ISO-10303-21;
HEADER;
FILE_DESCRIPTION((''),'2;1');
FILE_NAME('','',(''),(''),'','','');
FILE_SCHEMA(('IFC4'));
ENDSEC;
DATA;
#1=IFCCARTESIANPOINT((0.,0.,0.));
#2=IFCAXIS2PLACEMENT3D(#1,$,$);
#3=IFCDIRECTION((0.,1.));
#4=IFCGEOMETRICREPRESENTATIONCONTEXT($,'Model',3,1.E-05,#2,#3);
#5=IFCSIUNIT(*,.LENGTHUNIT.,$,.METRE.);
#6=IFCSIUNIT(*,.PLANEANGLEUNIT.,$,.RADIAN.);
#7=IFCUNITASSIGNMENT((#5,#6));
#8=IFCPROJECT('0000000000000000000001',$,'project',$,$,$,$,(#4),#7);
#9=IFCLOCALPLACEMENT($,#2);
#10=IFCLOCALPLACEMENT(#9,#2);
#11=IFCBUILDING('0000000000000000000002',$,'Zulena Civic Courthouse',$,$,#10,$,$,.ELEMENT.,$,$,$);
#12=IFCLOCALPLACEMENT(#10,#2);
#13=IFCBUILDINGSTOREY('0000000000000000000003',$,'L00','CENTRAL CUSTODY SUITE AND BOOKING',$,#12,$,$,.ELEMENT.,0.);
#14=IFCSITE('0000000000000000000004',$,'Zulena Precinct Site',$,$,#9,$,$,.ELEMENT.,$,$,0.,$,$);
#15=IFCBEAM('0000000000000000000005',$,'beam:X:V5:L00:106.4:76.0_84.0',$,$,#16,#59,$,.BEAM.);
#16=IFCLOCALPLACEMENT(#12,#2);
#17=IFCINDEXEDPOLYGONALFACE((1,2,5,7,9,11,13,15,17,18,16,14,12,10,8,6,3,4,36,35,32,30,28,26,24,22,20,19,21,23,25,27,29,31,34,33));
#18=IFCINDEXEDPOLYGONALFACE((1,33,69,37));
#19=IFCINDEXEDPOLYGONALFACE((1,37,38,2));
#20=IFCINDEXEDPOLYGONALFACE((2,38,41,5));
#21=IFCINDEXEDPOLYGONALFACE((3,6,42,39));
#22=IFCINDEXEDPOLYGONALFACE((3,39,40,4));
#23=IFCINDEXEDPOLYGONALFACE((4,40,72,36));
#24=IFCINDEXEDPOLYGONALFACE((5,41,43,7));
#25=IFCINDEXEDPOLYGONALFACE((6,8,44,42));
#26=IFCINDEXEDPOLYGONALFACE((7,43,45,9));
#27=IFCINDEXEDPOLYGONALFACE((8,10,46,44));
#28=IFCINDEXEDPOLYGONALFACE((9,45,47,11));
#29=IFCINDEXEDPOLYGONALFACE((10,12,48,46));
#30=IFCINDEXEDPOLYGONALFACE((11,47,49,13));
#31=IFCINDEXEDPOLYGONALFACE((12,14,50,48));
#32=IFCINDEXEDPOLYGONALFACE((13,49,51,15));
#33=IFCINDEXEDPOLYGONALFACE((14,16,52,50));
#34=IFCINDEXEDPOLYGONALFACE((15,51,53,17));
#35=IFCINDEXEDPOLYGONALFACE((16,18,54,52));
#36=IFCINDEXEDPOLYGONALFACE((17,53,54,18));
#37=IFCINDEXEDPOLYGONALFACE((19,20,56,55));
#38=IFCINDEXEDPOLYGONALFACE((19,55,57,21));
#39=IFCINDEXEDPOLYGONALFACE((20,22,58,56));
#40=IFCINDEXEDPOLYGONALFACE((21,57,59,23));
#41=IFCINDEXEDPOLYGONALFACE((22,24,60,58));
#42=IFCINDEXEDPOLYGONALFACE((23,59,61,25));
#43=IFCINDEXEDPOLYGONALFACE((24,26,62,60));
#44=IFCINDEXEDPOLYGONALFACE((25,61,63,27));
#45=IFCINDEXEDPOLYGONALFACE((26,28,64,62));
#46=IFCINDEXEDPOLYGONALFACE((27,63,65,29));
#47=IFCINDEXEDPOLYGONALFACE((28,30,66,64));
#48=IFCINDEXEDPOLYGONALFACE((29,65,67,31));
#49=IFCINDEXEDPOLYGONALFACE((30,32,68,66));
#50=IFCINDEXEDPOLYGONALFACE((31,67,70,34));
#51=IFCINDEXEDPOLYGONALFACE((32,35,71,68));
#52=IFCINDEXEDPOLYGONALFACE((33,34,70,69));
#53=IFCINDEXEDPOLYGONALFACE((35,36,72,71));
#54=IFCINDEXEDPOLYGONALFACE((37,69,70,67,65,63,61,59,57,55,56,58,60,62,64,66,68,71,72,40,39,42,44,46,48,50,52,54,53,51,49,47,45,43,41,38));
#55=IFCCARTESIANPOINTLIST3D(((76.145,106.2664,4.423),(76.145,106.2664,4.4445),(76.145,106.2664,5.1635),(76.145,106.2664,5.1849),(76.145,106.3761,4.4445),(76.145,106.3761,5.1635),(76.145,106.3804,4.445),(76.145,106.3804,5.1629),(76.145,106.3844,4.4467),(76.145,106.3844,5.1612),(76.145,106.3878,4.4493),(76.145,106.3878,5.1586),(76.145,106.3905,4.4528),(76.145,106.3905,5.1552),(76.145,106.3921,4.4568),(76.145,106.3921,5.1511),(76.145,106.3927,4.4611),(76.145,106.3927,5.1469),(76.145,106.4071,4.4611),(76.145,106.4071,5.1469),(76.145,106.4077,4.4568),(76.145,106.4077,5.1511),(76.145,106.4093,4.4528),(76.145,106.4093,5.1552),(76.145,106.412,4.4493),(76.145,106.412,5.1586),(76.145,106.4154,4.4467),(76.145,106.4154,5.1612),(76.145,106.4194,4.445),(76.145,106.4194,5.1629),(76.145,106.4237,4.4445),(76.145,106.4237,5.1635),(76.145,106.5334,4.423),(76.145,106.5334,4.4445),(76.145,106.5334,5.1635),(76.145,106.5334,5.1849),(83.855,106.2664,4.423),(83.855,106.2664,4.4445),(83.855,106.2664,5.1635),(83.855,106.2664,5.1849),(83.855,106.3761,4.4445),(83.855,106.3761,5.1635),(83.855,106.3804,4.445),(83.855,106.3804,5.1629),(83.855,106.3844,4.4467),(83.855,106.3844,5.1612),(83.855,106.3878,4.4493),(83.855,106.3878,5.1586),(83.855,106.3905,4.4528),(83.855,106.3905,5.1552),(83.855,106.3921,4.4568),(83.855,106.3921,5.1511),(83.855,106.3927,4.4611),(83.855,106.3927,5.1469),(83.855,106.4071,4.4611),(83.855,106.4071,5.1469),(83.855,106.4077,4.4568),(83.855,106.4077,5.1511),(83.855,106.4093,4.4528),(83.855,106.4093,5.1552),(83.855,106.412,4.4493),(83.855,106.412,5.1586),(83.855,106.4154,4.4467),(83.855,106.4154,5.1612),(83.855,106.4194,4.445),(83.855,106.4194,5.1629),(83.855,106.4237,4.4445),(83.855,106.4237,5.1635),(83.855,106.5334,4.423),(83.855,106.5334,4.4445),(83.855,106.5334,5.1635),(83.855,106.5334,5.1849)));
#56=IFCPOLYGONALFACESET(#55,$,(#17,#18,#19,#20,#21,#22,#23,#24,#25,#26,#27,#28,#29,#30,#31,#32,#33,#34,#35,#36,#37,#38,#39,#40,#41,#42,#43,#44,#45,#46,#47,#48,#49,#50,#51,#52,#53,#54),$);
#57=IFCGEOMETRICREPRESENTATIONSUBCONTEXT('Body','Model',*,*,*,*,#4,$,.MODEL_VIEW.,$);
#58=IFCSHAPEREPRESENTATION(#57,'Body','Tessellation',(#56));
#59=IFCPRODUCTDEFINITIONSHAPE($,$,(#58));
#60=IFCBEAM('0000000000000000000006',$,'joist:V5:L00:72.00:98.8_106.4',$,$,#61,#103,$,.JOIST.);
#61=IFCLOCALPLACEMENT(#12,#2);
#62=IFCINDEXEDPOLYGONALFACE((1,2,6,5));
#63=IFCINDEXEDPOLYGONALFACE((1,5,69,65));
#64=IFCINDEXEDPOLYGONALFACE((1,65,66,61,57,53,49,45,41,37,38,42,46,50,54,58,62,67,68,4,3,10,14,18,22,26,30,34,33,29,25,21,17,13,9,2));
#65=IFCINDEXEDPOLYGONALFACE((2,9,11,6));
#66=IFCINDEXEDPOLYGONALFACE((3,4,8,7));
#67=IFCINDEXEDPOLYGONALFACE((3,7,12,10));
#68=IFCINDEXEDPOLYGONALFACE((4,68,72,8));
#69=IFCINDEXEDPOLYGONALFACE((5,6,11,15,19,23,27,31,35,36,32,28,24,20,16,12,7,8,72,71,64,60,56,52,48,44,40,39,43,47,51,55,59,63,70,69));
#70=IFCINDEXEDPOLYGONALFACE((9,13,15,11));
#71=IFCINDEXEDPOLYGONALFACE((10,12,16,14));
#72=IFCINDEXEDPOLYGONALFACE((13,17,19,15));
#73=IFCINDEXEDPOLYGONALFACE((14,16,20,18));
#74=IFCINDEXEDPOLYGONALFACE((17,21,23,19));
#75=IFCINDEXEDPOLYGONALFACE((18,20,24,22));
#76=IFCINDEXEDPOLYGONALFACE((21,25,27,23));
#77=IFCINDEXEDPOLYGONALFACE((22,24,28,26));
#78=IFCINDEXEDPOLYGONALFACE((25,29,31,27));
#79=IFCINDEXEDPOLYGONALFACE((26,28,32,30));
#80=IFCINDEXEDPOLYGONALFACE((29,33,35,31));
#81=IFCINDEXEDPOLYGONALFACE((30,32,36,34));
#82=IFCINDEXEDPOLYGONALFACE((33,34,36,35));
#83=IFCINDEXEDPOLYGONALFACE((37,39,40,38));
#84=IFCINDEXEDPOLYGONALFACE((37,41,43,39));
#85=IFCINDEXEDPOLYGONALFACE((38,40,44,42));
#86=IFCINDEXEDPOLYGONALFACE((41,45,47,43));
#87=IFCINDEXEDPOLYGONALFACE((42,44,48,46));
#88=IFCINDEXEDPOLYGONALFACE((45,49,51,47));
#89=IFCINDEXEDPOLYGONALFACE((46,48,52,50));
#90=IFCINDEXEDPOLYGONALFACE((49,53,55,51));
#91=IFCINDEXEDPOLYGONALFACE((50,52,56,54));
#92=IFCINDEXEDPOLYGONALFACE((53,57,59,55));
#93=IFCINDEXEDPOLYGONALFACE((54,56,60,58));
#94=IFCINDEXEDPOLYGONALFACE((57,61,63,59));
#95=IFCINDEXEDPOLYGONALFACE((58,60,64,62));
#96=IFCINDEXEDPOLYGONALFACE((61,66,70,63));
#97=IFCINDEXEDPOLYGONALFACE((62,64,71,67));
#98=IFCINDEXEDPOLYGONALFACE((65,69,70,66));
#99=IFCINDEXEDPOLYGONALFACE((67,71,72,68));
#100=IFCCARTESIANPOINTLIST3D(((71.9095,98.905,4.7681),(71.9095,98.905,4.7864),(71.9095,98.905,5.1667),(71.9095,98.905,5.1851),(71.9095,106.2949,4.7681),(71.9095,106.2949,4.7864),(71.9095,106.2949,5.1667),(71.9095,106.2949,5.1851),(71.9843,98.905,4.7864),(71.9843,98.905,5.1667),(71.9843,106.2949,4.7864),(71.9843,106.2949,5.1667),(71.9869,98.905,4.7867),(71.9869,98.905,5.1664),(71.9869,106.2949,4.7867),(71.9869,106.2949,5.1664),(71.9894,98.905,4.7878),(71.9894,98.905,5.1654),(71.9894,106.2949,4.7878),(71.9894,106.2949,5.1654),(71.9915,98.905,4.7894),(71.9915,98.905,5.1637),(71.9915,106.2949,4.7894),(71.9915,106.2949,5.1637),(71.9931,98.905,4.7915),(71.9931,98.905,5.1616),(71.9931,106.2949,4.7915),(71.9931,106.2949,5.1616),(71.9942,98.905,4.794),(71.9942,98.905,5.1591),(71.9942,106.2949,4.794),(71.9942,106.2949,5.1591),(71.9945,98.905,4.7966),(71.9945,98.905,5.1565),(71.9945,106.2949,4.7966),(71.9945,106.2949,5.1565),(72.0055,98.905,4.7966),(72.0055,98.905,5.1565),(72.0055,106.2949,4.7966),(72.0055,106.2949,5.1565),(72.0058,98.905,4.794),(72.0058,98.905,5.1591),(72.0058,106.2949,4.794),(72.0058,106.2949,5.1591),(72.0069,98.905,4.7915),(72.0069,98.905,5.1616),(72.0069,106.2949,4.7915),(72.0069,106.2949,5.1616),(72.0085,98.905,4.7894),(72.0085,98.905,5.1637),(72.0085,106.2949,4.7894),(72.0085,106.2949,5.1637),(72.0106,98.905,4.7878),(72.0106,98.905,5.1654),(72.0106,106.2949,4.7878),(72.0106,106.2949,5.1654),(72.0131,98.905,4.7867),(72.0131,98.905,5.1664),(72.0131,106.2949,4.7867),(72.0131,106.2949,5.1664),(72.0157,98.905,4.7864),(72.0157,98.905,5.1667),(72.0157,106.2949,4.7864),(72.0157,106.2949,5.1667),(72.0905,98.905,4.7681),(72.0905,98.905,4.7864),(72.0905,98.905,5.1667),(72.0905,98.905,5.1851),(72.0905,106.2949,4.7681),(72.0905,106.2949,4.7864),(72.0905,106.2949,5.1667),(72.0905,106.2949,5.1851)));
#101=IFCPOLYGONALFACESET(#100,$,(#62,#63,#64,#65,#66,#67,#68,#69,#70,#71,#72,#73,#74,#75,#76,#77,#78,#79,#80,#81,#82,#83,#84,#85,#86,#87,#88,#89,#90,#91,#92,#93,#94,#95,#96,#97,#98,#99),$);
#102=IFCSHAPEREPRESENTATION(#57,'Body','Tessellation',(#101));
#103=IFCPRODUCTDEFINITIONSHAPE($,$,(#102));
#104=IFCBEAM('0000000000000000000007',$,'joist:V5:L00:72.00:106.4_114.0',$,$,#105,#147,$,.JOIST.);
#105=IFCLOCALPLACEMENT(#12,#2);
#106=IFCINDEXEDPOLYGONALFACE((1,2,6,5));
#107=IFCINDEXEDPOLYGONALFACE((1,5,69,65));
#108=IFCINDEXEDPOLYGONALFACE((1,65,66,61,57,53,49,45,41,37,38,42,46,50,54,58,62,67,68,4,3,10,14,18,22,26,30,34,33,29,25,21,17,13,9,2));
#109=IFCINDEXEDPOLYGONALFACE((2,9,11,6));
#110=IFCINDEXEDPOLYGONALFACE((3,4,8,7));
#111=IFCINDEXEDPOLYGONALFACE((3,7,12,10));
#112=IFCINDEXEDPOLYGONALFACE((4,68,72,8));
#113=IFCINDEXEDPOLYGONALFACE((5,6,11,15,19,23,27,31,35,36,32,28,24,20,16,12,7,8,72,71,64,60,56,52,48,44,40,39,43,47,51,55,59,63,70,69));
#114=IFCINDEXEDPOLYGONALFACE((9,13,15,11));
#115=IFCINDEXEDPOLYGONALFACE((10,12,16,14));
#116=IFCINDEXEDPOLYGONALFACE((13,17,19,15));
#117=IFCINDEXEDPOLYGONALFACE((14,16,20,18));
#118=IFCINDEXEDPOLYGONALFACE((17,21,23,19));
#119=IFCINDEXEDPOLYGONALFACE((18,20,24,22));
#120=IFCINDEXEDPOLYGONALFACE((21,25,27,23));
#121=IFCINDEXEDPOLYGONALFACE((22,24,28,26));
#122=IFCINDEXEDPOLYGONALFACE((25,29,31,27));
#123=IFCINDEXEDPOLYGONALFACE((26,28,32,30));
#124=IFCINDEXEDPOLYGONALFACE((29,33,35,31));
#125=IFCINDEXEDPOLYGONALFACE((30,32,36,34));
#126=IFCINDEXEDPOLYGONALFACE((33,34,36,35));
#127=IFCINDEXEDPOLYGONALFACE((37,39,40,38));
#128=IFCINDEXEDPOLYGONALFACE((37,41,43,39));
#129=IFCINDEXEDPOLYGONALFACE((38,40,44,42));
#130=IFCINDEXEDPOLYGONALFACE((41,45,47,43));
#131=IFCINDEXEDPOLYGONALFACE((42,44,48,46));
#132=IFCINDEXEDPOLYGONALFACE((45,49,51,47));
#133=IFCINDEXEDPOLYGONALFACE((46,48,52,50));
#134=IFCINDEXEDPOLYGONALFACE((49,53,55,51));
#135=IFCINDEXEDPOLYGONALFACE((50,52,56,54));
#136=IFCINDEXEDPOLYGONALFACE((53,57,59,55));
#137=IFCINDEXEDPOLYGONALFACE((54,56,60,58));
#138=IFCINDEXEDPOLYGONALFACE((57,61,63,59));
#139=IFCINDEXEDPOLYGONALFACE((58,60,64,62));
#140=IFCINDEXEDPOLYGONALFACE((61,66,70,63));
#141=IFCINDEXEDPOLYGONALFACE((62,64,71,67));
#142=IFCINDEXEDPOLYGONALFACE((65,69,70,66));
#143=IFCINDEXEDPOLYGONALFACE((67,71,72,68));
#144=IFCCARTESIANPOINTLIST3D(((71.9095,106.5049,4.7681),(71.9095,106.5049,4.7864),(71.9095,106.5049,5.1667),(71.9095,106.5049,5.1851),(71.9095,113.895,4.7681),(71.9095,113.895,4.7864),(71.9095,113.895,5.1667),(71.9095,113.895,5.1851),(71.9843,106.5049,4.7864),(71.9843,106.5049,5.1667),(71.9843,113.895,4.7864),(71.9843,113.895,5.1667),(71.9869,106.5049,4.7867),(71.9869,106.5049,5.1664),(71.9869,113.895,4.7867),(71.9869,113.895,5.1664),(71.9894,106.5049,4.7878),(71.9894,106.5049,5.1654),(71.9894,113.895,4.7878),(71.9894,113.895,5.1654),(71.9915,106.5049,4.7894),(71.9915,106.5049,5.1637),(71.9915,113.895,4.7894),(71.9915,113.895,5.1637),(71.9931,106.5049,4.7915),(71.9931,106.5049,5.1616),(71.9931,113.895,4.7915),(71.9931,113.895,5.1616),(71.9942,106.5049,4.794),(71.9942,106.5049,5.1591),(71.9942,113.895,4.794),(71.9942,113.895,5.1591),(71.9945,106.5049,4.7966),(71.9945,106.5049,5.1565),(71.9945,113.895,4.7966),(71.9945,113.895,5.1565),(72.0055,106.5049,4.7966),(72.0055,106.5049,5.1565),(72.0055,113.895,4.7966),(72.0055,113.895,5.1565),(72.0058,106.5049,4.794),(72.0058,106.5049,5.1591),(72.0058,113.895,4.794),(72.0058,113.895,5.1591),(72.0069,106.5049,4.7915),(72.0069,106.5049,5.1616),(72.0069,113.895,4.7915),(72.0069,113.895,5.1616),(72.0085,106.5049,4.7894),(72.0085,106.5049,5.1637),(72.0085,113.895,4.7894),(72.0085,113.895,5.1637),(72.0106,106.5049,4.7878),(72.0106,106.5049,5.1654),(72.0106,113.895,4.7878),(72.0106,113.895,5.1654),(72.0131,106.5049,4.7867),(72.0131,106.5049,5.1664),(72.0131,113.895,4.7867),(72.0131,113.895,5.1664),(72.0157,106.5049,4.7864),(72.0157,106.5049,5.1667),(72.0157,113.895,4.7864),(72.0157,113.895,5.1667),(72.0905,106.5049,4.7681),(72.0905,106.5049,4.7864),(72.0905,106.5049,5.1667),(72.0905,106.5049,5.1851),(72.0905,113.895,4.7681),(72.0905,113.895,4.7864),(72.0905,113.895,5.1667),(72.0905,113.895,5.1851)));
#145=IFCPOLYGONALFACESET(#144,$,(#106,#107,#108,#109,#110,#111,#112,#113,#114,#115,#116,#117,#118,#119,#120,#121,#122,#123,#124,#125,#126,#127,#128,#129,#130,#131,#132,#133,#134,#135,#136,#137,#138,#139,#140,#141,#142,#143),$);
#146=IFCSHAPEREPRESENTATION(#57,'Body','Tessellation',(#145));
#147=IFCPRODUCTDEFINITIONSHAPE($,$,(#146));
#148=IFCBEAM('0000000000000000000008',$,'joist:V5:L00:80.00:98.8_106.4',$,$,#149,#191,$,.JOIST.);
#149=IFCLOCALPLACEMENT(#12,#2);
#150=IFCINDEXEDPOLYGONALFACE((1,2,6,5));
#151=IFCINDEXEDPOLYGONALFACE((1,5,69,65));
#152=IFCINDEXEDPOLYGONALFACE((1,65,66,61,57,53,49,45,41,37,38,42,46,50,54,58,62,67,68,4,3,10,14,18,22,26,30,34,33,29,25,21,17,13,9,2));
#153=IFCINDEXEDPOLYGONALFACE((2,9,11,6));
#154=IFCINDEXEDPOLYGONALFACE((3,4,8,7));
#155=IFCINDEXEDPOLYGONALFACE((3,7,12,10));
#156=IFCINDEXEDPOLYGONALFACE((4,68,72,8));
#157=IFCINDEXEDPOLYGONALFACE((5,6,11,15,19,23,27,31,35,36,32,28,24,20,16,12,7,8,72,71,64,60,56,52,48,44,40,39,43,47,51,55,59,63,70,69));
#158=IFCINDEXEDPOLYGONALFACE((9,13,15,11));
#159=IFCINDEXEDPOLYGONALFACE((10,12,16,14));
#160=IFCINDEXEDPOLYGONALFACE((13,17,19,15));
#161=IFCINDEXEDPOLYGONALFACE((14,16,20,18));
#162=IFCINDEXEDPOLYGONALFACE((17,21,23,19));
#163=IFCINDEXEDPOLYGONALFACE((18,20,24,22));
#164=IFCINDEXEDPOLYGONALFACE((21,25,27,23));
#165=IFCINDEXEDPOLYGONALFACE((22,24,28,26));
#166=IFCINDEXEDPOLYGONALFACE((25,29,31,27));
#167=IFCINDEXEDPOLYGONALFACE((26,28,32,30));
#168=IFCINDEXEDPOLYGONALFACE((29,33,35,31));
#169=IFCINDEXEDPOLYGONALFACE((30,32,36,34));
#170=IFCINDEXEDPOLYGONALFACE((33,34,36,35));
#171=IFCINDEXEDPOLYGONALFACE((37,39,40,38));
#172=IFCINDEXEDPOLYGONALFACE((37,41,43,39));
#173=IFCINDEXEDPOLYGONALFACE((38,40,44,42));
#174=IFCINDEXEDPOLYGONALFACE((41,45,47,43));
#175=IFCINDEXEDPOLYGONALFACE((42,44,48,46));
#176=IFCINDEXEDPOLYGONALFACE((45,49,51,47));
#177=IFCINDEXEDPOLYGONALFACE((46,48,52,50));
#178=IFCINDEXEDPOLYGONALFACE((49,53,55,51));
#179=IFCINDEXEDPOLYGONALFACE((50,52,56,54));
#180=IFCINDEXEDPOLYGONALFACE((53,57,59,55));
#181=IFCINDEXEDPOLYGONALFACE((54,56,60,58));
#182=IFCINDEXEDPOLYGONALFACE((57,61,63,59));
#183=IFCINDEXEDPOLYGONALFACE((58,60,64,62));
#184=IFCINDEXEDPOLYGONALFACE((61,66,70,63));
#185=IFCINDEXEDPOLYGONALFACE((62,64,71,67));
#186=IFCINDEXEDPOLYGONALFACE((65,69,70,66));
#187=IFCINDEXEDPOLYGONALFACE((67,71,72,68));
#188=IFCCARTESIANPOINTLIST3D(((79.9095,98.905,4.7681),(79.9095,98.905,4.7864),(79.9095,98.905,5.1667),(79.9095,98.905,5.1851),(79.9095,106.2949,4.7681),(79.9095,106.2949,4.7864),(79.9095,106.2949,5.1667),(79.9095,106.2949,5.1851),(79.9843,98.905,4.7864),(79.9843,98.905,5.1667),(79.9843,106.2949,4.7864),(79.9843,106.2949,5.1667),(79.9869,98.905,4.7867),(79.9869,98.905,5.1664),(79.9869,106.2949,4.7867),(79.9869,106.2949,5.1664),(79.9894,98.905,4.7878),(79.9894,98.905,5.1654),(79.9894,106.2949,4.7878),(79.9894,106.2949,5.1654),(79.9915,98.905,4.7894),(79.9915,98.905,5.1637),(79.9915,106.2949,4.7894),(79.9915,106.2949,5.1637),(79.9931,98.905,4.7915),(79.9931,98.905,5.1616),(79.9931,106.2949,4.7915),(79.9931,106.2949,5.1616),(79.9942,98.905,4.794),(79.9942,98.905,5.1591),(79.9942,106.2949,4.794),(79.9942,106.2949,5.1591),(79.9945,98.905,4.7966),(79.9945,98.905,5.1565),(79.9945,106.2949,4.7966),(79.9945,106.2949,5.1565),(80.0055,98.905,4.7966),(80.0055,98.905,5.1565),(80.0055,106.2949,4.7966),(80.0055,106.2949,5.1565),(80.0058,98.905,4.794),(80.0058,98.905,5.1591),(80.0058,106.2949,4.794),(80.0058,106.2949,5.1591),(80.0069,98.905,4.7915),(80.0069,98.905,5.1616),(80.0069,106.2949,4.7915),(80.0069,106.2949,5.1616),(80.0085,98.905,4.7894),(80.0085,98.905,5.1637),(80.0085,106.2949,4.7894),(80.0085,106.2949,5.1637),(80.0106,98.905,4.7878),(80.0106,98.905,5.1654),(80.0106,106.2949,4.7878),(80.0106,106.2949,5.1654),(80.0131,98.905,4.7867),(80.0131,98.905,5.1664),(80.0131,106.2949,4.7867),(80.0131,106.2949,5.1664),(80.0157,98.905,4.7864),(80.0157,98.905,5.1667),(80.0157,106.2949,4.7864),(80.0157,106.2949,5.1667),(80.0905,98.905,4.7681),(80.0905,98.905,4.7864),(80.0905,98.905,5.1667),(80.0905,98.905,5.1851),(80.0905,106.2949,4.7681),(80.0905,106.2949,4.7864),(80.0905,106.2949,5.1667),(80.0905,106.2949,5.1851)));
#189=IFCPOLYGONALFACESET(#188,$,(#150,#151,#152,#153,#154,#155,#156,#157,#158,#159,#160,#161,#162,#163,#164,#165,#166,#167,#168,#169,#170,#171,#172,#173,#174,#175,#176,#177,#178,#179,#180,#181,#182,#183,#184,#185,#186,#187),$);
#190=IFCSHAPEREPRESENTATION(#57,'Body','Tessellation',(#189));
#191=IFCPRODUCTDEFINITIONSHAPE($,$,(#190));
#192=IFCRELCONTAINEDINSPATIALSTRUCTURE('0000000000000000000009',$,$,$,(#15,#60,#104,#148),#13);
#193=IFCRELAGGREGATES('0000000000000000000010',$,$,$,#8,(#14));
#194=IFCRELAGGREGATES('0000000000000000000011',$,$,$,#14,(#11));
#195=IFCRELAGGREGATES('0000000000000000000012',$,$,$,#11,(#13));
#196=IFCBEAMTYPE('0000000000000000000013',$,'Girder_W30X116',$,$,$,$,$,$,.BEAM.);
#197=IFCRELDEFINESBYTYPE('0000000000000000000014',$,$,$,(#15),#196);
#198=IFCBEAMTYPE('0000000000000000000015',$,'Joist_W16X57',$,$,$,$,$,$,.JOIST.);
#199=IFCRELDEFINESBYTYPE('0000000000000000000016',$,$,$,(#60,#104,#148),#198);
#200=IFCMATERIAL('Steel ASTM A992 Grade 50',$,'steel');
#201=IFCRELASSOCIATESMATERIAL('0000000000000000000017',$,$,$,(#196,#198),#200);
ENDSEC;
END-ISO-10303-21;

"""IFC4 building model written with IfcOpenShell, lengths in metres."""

from ifc_helpers import new_model, si_unit, direction, frame, origin, origin_2d, place, context, subcontext, project, spatial, i_section, extrude, material, material_profile, profile_set, type_object, element, save


model = new_model("IFC4")

# Units and contexts
model_context = context("Model", 3, precision=1e-05, world=origin(), true_north=direction((0.0, 1.0)))
body_context = subcontext(model_context, "Body", "Model", "MODEL_VIEW")
ifc_project = project(units=[si_unit("LENGTHUNIT", "METRE"), si_unit("PLANEANGLEUNIT", "RADIAN")], contexts=[model_context])

# Site, building, storey
site_placement = place(None, origin())
site = spatial("IfcSite", under=ifc_project, at=site_placement, Name="Zulena Precinct Site", CompositionType="ELEMENT", RefElevation=0.0)
building_placement = place(site_placement, origin())
building = spatial("IfcBuilding", under=site, at=building_placement, Name="Zulena Civic Courthouse", CompositionType="ELEMENT")
storey_placement = place(building_placement, origin())
storey = spatial("IfcBuildingStorey", under=building, at=storey_placement, Name="L00", Description="CENTRAL CUSTODY SUITE AND BOOKING", CompositionType="ELEMENT", Elevation=0.0)

# Shared definitions
ifc_material_1 = material(Name="Steel ASTM A992 Grade 50", Category="steel")

# Beams
ifc_material_profile_1 = material_profile(ifc_material_1, i_section(OverallWidth=0.2671, OverallDepth=0.762, WebThickness=0.0144, FlangeThickness=0.0215, FilletRadius=0.0166, at=origin_2d()), Name="W30X116")
ifc_profile_set_1 = profile_set([ifc_material_profile_1], Name="Steel ASTM A992 Grade 50")
beam_type_1 = type_object("IfcBeamType", Name="Girder_W30X116", PredefinedType="BEAM", material=ifc_profile_set_1)
beam_1_placement = place(storey_placement, frame((76.145, 106.3999, 4.804), z_axis=(1.0, 0.0, 0.0), x_axis=(0.0, 1.0, 0.0)))
element("IfcBeam", 1, at=beam_1_placement, inside=storey, type_object=beam_type_1, Name="beam:X:V5:L00:106.4:76.0_84.0", PredefinedType="BEAM", context=body_context, shape_type="SweptSolid", body=[
    extrude(i_section(OverallWidth=0.2671, OverallDepth=0.762, WebThickness=0.0144, FlangeThickness=0.0215, FilletRadius=0.0166, at=origin_2d()), origin(), (0.0, 0.0, 1.0), 7.71),
])
ifc_material_profile_2 = material_profile(ifc_material_1, i_section(OverallWidth=0.1809, OverallDepth=0.417, WebThickness=0.011, FlangeThickness=0.0183, FilletRadius=0.0103, at=origin_2d()), Name="W16X57")
ifc_profile_set_2 = profile_set([ifc_material_profile_2], Name="Steel ASTM A992 Grade 50")
beam_type_2 = type_object("IfcBeamType", Name="Joist_W16X57", PredefinedType="JOIST", material=ifc_profile_set_2)
beam_2_placement = place(storey_placement, frame((72.0, 98.905, 4.9766), z_axis=(0.0, 1.0, 0.0), x_axis=(-1.0, 0.0, 0.0)))
element("IfcBeam", 2, at=beam_2_placement, inside=storey, type_object=beam_type_2, Name="joist:V5:L00:72.00:98.8_106.4", PredefinedType="JOIST", context=body_context, shape_type="SweptSolid", body=[
    extrude(i_section(OverallWidth=0.1809, OverallDepth=0.417, WebThickness=0.011, FlangeThickness=0.0183, FilletRadius=0.0103, at=origin_2d()), origin(), (0.0, 0.0, 1.0), 7.3899),
])
beam_3_placement = place(storey_placement, frame((72.0, 106.5049, 4.9766), z_axis=(0.0, 1.0, 0.0), x_axis=(-1.0, 0.0, 0.0)))
element("IfcBeam", 3, at=beam_3_placement, inside=storey, type_object=beam_type_2, Name="joist:V5:L00:72.00:106.4_114.0", PredefinedType="JOIST", context=body_context, shape_type="SweptSolid", body=[
    extrude(i_section(OverallWidth=0.1809, OverallDepth=0.417, WebThickness=0.011, FlangeThickness=0.0183, FilletRadius=0.0103, at=origin_2d()), origin(), (0.0, 0.0, 1.0), 7.3901),
])
beam_4_placement = place(storey_placement, frame((80.0, 98.905, 4.9766), z_axis=(0.0, 1.0, 0.0), x_axis=(-1.0, 0.0, 0.0)))
element("IfcBeam", 4, at=beam_4_placement, inside=storey, type_object=beam_type_2, Name="joist:V5:L00:80.00:98.8_106.4", PredefinedType="JOIST", context=body_context, shape_type="SweptSolid", body=[
    extrude(i_section(OverallWidth=0.1809, OverallDepth=0.417, WebThickness=0.011, FlangeThickness=0.0183, FilletRadius=0.0103, at=origin_2d()), origin(), (0.0, 0.0, 1.0), 7.3899),
])

save(model, "model.ifc")
